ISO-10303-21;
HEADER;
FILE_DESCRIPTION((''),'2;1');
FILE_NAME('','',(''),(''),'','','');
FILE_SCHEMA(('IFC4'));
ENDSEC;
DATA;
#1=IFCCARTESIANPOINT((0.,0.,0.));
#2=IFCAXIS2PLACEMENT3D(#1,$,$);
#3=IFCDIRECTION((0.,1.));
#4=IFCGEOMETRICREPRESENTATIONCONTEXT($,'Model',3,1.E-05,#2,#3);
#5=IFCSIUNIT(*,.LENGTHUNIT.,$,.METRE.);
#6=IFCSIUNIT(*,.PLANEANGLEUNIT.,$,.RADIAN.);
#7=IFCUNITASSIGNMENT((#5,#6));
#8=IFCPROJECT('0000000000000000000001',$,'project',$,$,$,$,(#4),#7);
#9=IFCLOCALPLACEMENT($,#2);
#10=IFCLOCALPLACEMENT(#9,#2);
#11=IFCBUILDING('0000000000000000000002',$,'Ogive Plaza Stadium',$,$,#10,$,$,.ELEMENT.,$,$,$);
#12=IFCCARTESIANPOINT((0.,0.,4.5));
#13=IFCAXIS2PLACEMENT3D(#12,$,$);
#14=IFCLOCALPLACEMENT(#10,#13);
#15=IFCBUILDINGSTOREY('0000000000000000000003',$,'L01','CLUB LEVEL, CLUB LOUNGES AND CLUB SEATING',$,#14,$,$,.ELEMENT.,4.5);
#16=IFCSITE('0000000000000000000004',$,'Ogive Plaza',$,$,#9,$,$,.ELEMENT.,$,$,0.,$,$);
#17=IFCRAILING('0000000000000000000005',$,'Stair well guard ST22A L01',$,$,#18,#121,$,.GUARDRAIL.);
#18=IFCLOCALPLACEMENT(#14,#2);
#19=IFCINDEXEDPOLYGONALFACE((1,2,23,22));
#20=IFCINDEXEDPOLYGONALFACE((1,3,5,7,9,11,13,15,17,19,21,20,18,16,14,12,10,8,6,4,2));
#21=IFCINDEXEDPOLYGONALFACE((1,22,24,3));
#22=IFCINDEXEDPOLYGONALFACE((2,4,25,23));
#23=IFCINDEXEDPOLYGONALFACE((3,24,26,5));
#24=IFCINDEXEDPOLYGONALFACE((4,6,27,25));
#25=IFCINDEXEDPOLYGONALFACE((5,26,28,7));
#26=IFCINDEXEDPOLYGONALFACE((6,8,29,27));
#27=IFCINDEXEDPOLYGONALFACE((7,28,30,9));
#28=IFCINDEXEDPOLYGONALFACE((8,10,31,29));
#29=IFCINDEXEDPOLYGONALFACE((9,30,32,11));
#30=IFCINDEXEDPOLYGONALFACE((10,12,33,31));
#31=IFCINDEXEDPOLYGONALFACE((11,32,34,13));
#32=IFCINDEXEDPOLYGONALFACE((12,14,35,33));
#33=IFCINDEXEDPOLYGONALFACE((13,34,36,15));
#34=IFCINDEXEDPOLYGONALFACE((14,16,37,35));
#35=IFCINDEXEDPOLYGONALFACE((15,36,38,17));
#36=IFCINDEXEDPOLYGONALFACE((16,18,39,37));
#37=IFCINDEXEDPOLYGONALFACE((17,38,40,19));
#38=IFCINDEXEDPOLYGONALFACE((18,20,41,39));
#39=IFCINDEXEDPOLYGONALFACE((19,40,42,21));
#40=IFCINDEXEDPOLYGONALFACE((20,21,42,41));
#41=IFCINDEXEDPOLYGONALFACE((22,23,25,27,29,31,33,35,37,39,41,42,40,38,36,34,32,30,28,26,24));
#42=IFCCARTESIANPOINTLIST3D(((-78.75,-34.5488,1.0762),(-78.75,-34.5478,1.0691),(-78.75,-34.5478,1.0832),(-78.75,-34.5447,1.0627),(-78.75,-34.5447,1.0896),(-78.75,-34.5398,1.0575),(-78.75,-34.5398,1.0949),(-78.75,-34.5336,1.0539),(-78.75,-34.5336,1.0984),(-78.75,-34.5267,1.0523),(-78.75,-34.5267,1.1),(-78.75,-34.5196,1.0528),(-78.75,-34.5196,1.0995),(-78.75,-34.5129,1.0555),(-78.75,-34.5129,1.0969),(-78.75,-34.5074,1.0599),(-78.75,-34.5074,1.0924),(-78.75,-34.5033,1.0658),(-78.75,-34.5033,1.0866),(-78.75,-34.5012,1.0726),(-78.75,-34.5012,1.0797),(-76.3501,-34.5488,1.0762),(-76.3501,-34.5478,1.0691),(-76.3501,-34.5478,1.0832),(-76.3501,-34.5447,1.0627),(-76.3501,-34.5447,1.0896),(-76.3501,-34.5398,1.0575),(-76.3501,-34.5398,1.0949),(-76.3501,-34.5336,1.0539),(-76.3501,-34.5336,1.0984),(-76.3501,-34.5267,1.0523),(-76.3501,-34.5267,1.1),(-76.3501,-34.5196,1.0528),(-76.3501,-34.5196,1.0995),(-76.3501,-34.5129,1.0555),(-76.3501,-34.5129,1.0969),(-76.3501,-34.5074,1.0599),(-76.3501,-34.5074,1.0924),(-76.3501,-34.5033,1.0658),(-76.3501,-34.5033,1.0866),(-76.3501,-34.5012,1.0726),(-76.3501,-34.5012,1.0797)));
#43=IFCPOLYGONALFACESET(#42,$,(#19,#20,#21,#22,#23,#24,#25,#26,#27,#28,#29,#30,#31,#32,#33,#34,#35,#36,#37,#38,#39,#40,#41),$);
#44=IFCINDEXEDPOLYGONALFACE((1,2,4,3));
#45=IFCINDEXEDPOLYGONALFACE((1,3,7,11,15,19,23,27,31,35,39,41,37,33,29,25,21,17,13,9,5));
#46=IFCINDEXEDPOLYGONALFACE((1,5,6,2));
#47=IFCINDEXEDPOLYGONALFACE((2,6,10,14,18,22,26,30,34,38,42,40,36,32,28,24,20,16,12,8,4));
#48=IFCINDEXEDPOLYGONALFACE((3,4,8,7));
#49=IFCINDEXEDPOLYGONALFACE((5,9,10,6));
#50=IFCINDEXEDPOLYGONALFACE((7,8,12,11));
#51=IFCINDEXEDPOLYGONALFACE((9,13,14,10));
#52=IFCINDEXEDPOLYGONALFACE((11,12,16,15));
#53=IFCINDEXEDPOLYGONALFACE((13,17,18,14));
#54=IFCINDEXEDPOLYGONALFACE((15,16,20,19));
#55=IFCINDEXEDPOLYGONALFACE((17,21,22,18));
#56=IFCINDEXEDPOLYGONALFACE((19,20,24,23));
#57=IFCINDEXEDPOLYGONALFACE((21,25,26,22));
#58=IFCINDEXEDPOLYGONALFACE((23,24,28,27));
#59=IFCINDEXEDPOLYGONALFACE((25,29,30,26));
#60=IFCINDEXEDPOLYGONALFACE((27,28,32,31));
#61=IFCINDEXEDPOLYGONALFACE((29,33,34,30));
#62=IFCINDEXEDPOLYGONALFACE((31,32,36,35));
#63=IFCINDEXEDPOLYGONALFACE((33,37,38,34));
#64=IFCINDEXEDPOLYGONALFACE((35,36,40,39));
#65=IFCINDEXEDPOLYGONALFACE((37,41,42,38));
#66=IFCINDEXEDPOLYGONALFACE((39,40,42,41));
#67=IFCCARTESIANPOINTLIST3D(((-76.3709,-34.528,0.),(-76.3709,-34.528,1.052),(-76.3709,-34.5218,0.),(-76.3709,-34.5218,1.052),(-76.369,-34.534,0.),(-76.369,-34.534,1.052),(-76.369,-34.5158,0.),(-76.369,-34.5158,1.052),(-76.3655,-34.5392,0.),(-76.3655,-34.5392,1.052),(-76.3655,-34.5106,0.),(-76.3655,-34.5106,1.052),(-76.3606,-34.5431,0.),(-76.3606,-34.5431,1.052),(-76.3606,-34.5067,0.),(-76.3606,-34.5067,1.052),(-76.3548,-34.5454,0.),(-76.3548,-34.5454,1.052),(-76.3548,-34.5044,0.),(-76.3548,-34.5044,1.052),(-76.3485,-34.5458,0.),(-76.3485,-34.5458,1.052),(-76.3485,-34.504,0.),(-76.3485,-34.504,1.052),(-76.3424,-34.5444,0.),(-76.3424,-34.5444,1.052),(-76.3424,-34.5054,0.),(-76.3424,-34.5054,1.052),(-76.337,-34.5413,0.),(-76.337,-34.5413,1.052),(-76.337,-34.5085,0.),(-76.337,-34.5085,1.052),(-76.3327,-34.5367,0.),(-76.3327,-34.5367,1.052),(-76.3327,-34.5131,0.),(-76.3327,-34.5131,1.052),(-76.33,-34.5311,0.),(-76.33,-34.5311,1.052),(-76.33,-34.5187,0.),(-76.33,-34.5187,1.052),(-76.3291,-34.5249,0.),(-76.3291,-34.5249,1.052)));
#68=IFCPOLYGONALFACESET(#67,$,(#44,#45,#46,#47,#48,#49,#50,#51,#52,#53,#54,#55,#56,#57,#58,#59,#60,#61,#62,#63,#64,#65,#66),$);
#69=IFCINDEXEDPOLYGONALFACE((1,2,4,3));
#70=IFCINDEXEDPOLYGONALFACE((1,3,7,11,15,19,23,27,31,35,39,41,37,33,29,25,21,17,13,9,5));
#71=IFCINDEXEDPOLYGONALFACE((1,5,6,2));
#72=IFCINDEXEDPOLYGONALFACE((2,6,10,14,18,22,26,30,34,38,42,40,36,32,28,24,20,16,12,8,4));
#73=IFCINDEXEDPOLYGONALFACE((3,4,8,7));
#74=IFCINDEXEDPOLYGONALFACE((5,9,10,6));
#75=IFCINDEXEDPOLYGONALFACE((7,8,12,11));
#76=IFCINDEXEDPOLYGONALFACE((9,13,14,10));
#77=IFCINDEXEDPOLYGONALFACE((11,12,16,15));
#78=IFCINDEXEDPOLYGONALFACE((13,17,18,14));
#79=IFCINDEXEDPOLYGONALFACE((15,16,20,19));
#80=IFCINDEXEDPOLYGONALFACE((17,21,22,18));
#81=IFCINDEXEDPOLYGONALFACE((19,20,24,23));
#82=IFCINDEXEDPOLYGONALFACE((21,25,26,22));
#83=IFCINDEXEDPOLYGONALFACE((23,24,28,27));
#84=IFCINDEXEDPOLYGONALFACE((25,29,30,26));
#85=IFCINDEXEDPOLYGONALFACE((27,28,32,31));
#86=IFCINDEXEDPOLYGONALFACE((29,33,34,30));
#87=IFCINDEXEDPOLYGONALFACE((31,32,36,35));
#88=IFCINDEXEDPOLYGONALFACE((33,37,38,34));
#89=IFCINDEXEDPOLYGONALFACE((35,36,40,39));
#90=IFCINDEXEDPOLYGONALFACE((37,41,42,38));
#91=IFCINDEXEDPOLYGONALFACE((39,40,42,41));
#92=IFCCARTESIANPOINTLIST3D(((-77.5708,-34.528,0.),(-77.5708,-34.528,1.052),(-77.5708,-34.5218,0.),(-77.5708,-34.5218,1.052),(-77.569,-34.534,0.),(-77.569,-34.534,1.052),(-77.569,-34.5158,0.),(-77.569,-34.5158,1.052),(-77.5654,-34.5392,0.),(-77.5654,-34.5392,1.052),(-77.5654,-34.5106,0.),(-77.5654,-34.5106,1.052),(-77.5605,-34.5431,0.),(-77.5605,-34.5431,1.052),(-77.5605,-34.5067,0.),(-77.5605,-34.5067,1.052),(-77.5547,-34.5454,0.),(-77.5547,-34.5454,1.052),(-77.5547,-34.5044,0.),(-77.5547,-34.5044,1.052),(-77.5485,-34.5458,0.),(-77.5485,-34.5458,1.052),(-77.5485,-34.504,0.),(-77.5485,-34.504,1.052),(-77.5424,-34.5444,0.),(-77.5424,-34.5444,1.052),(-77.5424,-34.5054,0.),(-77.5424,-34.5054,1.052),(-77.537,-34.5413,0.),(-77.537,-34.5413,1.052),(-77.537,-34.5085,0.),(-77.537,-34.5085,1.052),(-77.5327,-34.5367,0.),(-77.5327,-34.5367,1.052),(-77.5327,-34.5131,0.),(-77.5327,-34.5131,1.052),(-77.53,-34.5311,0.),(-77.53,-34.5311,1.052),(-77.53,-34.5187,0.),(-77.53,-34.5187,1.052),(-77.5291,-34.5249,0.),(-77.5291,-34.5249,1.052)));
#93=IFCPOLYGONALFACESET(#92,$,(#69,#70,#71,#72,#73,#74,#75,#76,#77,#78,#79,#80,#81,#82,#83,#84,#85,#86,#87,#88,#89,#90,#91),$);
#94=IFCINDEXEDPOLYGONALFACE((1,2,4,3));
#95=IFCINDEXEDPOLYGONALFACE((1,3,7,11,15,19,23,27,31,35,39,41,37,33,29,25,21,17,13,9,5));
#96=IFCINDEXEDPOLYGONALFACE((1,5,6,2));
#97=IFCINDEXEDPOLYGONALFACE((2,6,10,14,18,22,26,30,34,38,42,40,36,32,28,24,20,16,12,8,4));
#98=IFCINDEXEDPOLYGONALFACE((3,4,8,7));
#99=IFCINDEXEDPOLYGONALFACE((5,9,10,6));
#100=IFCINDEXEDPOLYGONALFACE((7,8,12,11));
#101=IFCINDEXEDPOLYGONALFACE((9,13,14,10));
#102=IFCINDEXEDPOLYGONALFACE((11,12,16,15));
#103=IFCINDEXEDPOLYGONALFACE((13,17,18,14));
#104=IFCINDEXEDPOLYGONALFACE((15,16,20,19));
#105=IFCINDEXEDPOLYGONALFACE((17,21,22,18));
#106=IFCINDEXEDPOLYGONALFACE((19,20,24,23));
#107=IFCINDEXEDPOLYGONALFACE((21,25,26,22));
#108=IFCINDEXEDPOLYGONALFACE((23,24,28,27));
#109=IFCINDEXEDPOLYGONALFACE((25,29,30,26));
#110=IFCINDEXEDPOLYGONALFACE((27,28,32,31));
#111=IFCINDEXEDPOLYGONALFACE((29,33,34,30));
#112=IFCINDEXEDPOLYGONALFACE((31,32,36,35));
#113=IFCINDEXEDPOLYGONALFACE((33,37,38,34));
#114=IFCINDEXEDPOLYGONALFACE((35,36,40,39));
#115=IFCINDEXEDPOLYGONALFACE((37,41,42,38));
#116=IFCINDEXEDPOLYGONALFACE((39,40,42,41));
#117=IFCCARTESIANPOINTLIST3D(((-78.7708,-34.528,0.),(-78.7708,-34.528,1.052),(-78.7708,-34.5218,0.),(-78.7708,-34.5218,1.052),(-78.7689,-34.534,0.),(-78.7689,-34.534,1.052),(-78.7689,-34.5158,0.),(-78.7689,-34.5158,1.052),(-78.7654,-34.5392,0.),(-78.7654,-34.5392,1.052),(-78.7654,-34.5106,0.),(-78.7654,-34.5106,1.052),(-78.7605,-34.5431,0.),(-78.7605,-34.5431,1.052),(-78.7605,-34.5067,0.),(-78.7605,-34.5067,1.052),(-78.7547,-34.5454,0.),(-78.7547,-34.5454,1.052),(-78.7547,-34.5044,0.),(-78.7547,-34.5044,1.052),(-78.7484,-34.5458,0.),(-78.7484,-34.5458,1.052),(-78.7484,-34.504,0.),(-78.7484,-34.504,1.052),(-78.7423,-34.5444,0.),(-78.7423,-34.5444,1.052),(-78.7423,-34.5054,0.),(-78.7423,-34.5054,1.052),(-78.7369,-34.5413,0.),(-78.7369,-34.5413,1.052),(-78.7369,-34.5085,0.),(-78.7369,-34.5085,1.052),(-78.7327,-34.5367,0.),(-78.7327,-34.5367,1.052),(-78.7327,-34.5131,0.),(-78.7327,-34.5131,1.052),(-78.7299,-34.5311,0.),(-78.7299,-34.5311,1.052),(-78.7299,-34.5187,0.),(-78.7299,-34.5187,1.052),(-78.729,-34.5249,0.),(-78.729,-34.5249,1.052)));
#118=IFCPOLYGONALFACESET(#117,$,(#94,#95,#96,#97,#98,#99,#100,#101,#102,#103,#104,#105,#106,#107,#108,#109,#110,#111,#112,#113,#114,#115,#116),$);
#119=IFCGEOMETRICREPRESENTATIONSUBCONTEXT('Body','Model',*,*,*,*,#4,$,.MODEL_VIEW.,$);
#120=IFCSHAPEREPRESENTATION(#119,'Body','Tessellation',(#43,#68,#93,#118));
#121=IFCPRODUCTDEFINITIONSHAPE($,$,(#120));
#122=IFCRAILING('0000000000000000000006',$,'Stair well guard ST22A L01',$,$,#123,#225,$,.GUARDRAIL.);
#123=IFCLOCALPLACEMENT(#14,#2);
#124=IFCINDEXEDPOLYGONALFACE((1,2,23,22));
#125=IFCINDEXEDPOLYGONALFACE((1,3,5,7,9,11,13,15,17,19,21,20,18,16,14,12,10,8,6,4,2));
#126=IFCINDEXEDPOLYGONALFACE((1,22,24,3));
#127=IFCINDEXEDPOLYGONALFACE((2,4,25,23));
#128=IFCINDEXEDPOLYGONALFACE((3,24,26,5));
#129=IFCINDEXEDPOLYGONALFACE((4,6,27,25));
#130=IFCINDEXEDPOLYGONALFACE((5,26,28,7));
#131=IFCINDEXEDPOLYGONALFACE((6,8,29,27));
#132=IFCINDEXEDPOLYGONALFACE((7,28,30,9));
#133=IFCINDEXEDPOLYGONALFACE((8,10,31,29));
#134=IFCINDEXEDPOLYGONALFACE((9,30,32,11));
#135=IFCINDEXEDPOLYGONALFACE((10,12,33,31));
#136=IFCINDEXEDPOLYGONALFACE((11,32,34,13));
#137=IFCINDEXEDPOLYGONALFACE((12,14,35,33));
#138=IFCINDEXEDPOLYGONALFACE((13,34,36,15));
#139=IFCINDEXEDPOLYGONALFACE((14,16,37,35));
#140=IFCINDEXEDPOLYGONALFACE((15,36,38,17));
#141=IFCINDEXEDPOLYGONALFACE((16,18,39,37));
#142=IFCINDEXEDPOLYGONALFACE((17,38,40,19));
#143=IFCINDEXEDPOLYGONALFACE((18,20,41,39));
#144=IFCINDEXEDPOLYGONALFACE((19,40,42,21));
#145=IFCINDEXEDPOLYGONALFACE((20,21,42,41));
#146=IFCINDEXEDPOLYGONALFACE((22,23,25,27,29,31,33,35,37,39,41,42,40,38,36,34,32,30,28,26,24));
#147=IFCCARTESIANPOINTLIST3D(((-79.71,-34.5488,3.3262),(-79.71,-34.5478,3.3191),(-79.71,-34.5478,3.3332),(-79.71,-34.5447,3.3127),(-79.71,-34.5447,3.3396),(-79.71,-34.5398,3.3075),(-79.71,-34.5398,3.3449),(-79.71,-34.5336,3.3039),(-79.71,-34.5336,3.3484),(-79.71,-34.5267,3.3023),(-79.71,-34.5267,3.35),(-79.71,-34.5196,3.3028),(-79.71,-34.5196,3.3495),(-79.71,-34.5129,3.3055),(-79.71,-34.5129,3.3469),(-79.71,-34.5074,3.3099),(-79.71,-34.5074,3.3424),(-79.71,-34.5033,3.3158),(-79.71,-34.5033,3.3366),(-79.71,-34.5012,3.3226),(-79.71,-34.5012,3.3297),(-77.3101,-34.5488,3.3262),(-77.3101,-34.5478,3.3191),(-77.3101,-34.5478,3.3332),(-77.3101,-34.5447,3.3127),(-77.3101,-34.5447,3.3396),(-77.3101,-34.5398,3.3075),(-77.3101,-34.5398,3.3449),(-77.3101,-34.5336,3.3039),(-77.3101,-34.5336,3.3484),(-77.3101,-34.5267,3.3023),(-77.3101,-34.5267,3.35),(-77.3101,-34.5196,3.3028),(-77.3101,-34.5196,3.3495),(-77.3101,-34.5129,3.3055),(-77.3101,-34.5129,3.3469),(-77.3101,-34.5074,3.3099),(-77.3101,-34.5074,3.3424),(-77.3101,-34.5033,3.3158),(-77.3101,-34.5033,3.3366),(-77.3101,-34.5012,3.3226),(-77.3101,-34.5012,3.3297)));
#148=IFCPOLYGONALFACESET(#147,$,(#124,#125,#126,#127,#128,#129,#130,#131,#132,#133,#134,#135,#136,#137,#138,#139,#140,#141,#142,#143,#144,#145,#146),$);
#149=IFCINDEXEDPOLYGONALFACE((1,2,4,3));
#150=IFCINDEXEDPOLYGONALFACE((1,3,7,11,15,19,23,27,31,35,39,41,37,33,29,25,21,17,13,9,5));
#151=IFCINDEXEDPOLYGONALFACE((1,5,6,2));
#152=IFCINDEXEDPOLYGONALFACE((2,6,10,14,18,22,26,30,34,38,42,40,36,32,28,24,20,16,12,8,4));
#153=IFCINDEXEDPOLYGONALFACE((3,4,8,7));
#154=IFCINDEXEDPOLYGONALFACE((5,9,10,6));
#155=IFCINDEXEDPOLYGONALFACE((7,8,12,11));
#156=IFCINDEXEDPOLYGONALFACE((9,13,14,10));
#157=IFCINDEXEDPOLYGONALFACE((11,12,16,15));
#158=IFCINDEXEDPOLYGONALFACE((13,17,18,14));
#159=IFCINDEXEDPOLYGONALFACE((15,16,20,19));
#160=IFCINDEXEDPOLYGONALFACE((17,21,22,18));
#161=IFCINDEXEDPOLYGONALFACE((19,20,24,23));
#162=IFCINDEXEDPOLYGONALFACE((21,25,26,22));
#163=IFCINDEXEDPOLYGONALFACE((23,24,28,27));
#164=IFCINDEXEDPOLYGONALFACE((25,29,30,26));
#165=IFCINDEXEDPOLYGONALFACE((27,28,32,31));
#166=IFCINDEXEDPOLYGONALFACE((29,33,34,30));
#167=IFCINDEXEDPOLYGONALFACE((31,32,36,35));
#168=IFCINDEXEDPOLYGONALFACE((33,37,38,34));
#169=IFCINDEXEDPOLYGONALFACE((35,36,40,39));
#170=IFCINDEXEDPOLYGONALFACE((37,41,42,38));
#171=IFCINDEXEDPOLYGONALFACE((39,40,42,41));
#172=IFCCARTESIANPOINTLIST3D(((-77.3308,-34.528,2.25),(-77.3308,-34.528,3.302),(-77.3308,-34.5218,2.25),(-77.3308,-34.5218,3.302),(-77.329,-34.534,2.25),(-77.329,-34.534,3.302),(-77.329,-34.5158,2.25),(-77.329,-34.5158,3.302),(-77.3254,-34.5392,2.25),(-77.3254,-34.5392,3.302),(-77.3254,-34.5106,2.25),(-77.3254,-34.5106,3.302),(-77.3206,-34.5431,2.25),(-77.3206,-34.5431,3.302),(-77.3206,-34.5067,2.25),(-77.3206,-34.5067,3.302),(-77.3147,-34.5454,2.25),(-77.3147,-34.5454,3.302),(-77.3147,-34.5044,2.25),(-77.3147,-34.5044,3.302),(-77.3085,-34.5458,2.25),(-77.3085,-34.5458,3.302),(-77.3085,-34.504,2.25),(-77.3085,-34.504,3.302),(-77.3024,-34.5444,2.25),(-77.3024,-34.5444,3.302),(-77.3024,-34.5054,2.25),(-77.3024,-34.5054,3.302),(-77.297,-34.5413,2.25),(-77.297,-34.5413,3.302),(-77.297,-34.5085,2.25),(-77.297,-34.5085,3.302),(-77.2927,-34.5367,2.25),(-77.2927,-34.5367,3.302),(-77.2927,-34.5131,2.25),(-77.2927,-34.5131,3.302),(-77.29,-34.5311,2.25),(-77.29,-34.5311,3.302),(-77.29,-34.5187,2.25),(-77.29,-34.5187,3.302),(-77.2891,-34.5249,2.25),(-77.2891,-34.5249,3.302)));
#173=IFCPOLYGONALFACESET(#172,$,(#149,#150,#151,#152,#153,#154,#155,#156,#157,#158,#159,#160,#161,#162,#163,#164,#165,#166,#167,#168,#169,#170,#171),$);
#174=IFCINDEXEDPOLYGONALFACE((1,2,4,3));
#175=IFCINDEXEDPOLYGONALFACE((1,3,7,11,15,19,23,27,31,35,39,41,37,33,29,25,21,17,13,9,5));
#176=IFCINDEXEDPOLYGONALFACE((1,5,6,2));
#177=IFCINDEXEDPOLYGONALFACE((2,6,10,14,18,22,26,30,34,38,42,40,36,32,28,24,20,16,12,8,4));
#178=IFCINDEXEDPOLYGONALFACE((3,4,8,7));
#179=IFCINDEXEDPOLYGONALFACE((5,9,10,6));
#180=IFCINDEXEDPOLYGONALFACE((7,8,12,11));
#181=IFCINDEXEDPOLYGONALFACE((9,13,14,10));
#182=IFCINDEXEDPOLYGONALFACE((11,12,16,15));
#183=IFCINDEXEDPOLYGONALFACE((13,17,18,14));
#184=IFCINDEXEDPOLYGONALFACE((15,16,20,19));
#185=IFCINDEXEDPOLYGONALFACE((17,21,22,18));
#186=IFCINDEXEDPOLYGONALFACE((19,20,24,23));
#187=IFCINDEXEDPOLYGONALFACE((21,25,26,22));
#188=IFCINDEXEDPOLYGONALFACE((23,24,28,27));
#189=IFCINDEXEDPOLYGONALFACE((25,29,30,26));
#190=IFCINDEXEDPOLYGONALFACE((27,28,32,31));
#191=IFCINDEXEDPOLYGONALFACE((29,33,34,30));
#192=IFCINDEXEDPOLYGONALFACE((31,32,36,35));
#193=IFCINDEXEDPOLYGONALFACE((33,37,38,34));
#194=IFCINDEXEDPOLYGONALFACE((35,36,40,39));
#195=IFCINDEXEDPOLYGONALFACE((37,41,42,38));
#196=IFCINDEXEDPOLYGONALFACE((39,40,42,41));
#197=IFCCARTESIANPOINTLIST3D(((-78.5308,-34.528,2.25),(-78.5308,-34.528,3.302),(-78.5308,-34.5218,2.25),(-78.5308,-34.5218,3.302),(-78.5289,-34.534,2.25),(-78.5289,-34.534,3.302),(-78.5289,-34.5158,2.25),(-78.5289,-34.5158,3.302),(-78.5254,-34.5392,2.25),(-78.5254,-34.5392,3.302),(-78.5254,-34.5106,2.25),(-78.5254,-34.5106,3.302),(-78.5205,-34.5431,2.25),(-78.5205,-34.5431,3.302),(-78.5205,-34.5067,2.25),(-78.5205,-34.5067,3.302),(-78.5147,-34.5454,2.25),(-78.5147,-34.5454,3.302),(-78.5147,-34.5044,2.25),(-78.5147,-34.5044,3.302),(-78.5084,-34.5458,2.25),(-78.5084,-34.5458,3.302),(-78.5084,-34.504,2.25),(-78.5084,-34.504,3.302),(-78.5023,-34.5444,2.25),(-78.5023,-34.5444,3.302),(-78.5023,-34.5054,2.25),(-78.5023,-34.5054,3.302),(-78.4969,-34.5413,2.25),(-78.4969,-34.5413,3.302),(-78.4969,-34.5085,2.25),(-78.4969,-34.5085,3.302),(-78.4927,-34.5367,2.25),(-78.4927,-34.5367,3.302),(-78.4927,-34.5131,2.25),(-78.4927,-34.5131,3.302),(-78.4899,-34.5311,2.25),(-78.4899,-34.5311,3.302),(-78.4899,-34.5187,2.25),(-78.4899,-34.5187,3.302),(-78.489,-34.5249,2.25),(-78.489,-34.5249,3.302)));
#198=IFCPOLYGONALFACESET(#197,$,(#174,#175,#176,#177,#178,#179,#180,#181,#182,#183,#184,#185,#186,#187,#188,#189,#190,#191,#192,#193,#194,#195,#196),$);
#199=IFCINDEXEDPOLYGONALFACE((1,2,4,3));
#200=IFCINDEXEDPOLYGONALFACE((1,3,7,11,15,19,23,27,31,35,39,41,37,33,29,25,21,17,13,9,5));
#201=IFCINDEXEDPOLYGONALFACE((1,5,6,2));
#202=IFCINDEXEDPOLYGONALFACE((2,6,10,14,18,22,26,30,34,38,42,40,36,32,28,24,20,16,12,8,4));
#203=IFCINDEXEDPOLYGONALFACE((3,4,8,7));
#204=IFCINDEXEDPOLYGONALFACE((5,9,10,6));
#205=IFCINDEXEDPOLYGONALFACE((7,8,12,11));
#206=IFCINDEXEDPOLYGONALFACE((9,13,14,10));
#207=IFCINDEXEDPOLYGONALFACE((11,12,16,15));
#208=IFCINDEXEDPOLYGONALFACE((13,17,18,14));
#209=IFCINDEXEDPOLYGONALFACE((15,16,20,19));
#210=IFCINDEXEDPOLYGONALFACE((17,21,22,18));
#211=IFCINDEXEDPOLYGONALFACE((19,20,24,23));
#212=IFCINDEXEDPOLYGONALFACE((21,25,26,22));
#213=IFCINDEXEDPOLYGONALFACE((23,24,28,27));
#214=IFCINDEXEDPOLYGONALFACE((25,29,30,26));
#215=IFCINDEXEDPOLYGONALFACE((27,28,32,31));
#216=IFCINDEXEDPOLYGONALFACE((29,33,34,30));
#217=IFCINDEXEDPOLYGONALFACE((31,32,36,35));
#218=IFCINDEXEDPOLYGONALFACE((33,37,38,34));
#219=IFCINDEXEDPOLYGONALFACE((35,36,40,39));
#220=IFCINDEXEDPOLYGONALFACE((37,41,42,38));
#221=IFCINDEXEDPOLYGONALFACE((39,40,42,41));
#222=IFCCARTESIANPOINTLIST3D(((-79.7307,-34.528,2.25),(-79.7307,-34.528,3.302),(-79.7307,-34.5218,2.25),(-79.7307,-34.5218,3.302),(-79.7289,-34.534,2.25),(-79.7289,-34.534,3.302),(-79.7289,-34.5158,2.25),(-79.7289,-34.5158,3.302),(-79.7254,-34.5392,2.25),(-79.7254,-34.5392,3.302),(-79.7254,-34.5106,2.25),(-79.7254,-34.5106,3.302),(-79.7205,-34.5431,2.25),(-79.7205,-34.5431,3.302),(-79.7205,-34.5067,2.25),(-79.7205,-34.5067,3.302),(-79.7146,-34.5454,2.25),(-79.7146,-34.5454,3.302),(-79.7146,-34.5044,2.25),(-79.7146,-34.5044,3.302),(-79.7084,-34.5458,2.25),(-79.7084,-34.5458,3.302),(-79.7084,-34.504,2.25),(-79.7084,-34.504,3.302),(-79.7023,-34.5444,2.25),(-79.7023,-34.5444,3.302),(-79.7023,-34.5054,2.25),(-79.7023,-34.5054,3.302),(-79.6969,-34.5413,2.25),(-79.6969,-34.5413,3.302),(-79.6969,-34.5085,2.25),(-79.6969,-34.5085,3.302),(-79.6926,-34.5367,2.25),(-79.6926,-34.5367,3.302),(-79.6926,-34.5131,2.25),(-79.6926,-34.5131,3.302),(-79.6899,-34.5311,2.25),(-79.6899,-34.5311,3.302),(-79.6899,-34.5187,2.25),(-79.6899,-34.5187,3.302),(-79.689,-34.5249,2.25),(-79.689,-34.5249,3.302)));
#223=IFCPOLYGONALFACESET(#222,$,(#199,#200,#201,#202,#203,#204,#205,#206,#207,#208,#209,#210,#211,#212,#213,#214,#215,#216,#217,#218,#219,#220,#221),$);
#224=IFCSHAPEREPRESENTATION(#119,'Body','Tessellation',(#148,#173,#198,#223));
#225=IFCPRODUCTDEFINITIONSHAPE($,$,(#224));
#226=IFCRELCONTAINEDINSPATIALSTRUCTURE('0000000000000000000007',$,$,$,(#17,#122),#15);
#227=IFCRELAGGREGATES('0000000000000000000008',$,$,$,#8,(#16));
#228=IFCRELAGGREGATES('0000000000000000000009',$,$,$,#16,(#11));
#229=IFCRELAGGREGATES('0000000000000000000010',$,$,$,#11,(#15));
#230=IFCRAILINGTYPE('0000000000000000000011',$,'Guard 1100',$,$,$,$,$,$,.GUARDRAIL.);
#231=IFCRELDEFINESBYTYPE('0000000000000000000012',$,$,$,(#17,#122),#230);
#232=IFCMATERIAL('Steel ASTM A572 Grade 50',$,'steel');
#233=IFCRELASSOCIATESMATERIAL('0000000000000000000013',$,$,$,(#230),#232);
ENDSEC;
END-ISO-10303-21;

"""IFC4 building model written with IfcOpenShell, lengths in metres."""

from ifc_helpers import new_model, si_unit, direction, frame, origin, origin_2d, place, context, subcontext, project, spatial, circle, extrude, material, type_object, element, save


model = new_model("IFC4")

# Units and contexts
model_context = context("Model", 3, precision=1e-05, world=origin(), true_north=direction((0.0, 1.0)))
body_context = subcontext(model_context, "Body", "Model", "MODEL_VIEW")
ifc_project = project(units=[si_unit("LENGTHUNIT", "METRE"), si_unit("PLANEANGLEUNIT", "RADIAN")], contexts=[model_context])

# Site, building, storey
site_placement = place(None, origin())
site = spatial("IfcSite", under=ifc_project, at=site_placement, Name="Ogive Plaza", CompositionType="ELEMENT", RefElevation=0.0)
building_placement = place(site_placement, origin())
building = spatial("IfcBuilding", under=site, at=building_placement, Name="Ogive Plaza Stadium", CompositionType="ELEMENT")
storey_placement = place(building_placement, frame((0.0, 0.0, 4.5)))
storey = spatial("IfcBuildingStorey", under=building, at=storey_placement, Name="L01", Description="CLUB LEVEL, CLUB LOUNGES AND CLUB SEATING", CompositionType="ELEMENT", Elevation=4.5)

# Railings
ifc_material_1 = material(Name="Steel ASTM A572 Grade 50", Category="steel")
railing_type_1 = type_object("IfcRailingType", Name="Guard 1100", PredefinedType="GUARDRAIL", material=ifc_material_1)
for number, where, name in (
    (1, (-76.3501, -34.5249, 0.0), "Stair well guard ST22A L01"),
    (2, (-77.3101, -34.5249, 2.25), "Stair well guard ST22A L01"),
):
    element("IfcRailing", number, at=place(storey_placement, frame(where)), inside=storey, type_object=railing_type_1, Name=name, PredefinedType="GUARDRAIL", context=body_context, shape_type="SweptSolid", body=[
        extrude(circle(Radius=0.0239, at=origin_2d()), frame((0.0, 0.0, 1.0762), z_axis=(-1.0, 0.0, 0.0), x_axis=(0.0, -1.0, 0.0)), (0.0, 0.0, 1.0), 2.3999),
        extrude(circle(Radius=0.021, at=origin_2d()), origin(), (0.0, 0.0, 1.0), 1.052),
        extrude(circle(Radius=0.021, at=origin_2d()), frame((-1.2, 0.0, 0.0)), (0.0, 0.0, 1.0), 1.052),
        extrude(circle(Radius=0.021, at=origin_2d()), frame((-2.3999, 0.0, 0.0)), (0.0, 0.0, 1.0), 1.052),
    ])

save(model, "model.ifc")
